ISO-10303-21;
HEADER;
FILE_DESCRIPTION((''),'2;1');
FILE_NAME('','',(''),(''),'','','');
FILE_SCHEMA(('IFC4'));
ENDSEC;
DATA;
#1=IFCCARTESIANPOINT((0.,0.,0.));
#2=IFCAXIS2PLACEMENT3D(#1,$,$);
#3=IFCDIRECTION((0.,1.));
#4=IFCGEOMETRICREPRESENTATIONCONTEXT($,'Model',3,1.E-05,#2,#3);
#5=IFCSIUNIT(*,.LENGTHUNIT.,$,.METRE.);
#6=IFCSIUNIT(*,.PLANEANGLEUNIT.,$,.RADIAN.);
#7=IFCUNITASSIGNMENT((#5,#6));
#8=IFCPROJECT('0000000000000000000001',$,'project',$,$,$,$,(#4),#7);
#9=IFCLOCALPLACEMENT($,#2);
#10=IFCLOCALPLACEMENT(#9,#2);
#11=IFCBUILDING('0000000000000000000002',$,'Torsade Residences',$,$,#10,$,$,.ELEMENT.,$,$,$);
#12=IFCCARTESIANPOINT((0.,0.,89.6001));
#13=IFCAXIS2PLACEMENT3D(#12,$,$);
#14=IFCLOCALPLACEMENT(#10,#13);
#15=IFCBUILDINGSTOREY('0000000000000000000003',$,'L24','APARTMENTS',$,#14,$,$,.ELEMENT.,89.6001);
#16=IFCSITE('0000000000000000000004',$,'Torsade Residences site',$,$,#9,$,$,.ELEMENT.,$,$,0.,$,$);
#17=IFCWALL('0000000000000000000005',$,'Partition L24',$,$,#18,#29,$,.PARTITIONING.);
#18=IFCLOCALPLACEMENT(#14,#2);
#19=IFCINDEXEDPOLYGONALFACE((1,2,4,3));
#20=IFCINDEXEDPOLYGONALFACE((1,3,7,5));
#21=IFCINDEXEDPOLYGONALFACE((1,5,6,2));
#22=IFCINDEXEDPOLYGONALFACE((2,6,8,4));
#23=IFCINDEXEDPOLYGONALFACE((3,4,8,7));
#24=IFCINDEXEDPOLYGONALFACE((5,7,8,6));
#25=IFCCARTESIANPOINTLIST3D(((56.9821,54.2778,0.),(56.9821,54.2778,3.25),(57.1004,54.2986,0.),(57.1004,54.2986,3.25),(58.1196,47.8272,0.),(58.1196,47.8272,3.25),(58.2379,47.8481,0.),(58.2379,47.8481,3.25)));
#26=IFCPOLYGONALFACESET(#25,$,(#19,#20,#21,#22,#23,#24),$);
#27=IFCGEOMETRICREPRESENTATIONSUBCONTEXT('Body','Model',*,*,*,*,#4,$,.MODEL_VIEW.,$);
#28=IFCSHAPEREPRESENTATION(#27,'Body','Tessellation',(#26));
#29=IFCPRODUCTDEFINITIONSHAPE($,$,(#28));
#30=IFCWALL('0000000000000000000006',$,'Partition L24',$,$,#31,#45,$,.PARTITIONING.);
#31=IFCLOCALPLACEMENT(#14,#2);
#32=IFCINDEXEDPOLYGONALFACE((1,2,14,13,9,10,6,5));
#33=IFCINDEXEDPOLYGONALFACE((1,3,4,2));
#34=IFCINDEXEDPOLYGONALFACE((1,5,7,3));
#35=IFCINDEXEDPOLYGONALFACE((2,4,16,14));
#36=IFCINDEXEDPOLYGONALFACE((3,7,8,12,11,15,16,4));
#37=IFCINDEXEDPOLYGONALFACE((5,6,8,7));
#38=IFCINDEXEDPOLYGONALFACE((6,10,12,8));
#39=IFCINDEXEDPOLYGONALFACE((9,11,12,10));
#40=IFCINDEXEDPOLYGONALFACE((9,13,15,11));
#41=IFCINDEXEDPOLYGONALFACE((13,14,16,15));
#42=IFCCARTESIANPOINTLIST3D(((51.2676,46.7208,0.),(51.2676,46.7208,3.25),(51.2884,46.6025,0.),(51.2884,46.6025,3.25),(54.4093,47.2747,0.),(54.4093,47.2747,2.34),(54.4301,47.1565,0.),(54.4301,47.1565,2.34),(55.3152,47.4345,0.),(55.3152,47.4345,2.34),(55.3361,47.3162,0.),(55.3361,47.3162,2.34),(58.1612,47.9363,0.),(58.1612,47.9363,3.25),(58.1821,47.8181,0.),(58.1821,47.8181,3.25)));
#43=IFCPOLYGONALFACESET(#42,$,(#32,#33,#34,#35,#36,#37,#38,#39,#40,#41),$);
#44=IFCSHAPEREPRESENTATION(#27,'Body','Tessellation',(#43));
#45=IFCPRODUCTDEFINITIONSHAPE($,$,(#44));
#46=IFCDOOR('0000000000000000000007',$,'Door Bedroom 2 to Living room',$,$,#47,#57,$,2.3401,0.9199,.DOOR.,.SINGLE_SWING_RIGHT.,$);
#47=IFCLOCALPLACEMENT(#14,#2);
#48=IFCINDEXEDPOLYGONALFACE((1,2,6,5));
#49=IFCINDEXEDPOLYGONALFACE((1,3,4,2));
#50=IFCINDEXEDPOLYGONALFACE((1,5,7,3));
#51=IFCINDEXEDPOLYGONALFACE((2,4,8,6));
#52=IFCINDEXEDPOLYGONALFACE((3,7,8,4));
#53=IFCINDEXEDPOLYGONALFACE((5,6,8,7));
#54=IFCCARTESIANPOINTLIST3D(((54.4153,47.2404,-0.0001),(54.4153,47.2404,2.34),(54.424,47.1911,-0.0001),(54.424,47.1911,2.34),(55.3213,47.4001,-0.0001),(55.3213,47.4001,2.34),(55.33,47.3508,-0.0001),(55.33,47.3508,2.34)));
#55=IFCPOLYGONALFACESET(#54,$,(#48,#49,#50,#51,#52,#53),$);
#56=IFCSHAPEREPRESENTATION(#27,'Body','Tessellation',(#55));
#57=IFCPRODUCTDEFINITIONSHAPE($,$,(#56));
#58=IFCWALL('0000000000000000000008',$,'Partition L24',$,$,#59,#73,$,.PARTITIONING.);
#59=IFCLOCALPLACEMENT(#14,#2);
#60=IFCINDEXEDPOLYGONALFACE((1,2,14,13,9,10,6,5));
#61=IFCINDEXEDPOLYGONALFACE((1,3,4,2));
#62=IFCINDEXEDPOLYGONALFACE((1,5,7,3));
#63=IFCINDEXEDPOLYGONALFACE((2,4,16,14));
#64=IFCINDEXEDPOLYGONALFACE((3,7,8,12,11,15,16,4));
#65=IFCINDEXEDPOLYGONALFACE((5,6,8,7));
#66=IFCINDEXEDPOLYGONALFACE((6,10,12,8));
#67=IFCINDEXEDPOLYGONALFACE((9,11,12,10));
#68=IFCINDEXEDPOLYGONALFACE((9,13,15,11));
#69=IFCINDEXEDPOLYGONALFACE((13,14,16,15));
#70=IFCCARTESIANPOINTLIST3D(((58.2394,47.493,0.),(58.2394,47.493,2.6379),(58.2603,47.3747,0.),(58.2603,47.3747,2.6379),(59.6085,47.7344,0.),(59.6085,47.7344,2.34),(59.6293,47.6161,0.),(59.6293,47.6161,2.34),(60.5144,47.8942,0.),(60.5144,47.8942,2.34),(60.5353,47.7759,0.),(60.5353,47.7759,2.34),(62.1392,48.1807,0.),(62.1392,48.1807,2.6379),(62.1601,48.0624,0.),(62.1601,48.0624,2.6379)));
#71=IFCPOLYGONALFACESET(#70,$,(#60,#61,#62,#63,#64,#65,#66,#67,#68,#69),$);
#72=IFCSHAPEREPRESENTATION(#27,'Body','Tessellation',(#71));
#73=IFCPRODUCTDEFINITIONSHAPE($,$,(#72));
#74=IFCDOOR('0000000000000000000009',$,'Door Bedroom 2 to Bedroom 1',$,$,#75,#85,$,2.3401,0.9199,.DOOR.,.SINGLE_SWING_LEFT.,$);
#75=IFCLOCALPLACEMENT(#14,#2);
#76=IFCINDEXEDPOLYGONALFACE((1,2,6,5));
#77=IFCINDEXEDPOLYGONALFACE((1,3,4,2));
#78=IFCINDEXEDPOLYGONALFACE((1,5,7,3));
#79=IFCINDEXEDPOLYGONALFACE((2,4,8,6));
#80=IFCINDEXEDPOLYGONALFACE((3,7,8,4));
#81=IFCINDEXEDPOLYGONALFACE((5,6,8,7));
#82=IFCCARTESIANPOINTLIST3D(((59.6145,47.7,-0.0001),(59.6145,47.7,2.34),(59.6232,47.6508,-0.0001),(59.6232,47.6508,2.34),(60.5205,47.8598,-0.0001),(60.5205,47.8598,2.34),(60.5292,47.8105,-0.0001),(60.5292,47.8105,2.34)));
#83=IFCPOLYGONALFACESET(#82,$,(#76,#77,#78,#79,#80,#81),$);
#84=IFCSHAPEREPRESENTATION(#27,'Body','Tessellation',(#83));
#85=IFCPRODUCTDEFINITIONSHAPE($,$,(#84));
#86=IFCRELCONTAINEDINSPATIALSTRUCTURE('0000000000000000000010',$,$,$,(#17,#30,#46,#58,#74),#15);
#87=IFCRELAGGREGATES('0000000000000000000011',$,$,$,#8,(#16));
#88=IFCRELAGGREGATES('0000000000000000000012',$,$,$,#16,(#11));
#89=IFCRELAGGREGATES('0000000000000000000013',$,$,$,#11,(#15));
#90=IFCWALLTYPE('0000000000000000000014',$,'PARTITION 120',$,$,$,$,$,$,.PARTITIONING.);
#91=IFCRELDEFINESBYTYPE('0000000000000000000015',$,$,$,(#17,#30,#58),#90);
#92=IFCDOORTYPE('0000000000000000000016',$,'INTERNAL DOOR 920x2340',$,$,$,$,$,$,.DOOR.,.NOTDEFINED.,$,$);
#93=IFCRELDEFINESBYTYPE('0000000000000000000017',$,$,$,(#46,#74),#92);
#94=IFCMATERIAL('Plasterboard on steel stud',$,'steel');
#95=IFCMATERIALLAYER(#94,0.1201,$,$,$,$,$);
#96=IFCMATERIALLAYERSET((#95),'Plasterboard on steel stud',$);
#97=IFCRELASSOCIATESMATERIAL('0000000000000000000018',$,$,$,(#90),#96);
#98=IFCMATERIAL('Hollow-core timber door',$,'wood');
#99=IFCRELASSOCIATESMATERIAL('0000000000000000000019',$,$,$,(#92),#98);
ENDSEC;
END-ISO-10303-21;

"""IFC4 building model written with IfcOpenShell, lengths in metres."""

from ifc_helpers import new_model, si_unit, direction, frame, frame_2d, origin, place, context, subcontext, project, spatial, rectangle, extrude, material, layer, layer_set, type_object, element, fill, save


model = new_model("IFC4")

# Units and contexts
model_context = context("Model", 3, precision=1e-05, world=origin(), true_north=direction((0.0, 1.0)))
body_context = subcontext(model_context, "Body", "Model", "MODEL_VIEW")
ifc_project = project(units=[si_unit("LENGTHUNIT", "METRE"), si_unit("PLANEANGLEUNIT", "RADIAN")], contexts=[model_context])

# Site, building, storey
site_placement = place(None, origin())
site = spatial("IfcSite", under=ifc_project, at=site_placement, Name="Torsade Residences site", CompositionType="ELEMENT", RefElevation=0.0)
building_placement = place(site_placement, origin())
building = spatial("IfcBuilding", under=site, at=building_placement, Name="Torsade Residences", CompositionType="ELEMENT")
storey_placement = place(building_placement, frame((0.0, 0.0, 89.6001)))
storey = spatial("IfcBuildingStorey", under=building, at=storey_placement, Name="L24", Description="APARTMENTS", CompositionType="ELEMENT", Elevation=89.6001)

# Shared definitions
ifc_material_1 = material(Name="Plasterboard on steel stud", Category="steel")
ifc_layer_1 = layer(ifc_material_1, 0.1201)
ifc_layer_set_1 = layer_set([ifc_layer_1], Name="Plasterboard on steel stud")
wall_type = type_object("IfcWallType", Name="PARTITION 120", PredefinedType="PARTITIONING", material=ifc_layer_set_1)
ifc_material_2 = material(Name="Hollow-core timber door", Category="wood")
door_type_1 = type_object("IfcDoorType", Name="INTERNAL DOOR 920x2340", OperationType="NOTDEFINED", PredefinedType="DOOR", material=ifc_material_2)

# Wall
wall_1_placement = place(storey_placement, frame((57.0413, 54.2881, 0.0), z_axis=(0.0, 0.0, 1.0), x_axis=(0.173658, -0.984806, 0.0)))
element("IfcWall", 1, at=wall_1_placement, inside=storey, type_object=wall_type, Name="Partition L24", PredefinedType="PARTITIONING", context=body_context, shape_type="SweptSolid", body=[
    extrude(rectangle(XDim=6.55, YDim=0.1201, at=frame_2d((3.2749, 0.0))), origin(), (0.0, 0.0, 1.0), 3.25),
])

# Walls, openings, doors
wall_2_placement = place(storey_placement, frame((58.1716, 47.8772, 0.0), z_axis=(0.0, 0.0, 1.0), x_axis=(-0.984806, -0.173656, 0.0)))
wall_2 = element("IfcWall", 2, at=wall_2_placement, inside=storey, type_object=wall_type, Name="Partition L24", PredefinedType="PARTITIONING", context=body_context, shape_type="SweptSolid", body=[
    extrude(rectangle(XDim=7.0, YDim=0.1201, at=frame_2d((3.5, 0.0))), origin(), (0.0, 0.0, 1.0), 3.25),
])
opening_1_placement = place(wall_2_placement, frame((2.8899, 0.0, 0.0)))
opening_1 = element("IfcOpeningElement", 3, at=opening_1_placement, cuts=wall_2, PredefinedType="OPENING", context=body_context, shape_type="SweptSolid", body=[
    extrude(rectangle(XDim=0.9199, YDim=2.3401, at=frame_2d((0.46, 1.1699))), frame((0.0, 0.0701, 0.0), z_axis=(0.0, -1.0, 0.0), x_axis=(1.0, 0.0, 0.0)), (0.0, 0.0, 1.0), 0.1401),
])
door_1_placement = place(opening_1_placement, origin())
door_1 = element("IfcDoor", 4, at=door_1_placement, inside=storey, type_object=door_type_1, Name="Door Bedroom 2 to Living room", OperationType="SINGLE_SWING_RIGHT", OverallHeight=2.3401, OverallWidth=0.9199, PredefinedType="DOOR", context=body_context, shape_type="SweptSolid", body=[
    extrude(rectangle(XDim=0.9199, YDim=2.3401, at=frame_2d((0.46, 1.1699))), frame((0.0, 0.0249, 0.0), z_axis=(0.0, -1.0, 0.0), x_axis=(1.0, 0.0, 0.0)), (0.0, 0.0, 1.0), 0.05),
])
fill(opening_1, door_1)
wall_3_placement = place(storey_placement, frame((62.1497, 48.1216, 0.0), z_axis=(0.0, 0.0, 1.0), x_axis=(-0.984804, -0.173669, 0.0)))
wall_3 = element("IfcWall", 5, at=wall_3_placement, inside=storey, type_object=wall_type, Name="Partition L24", PredefinedType="PARTITIONING", context=body_context, shape_type="SweptSolid", body=[
    extrude(rectangle(XDim=3.96, YDim=0.1201, at=frame_2d((1.98, 0.0))), origin(), (0.0, 0.0, 1.0), 2.6379),
])
opening_2_placement = place(wall_3_placement, frame((1.6499, 0.0, 0.0)))
opening_2 = element("IfcOpeningElement", 6, at=opening_2_placement, cuts=wall_3, PredefinedType="OPENING", context=body_context, shape_type="SweptSolid", body=[
    extrude(rectangle(XDim=0.9199, YDim=2.3401, at=frame_2d((0.46, 1.1699))), frame((0.0, 0.0701, 0.0), z_axis=(0.0, -1.0, 0.0), x_axis=(1.0, 0.0, 0.0)), (0.0, 0.0, 1.0), 0.1401),
])
door_2_placement = place(opening_2_placement, origin())
door_2 = element("IfcDoor", 7, at=door_2_placement, inside=storey, type_object=door_type_1, Name="Door Bedroom 2 to Bedroom 1", OperationType="SINGLE_SWING_LEFT", OverallHeight=2.3401, OverallWidth=0.9199, PredefinedType="DOOR", context=body_context, shape_type="SweptSolid", body=[
    extrude(rectangle(XDim=0.9199, YDim=2.3401, at=frame_2d((0.46, 1.1699))), frame((0.0, 0.0249, 0.0), z_axis=(0.0, -1.0, 0.0), x_axis=(1.0, 0.0, 0.0)), (0.0, 0.0, 1.0), 0.05),
])
fill(opening_2, door_2)

save(model, "model.ifc")
